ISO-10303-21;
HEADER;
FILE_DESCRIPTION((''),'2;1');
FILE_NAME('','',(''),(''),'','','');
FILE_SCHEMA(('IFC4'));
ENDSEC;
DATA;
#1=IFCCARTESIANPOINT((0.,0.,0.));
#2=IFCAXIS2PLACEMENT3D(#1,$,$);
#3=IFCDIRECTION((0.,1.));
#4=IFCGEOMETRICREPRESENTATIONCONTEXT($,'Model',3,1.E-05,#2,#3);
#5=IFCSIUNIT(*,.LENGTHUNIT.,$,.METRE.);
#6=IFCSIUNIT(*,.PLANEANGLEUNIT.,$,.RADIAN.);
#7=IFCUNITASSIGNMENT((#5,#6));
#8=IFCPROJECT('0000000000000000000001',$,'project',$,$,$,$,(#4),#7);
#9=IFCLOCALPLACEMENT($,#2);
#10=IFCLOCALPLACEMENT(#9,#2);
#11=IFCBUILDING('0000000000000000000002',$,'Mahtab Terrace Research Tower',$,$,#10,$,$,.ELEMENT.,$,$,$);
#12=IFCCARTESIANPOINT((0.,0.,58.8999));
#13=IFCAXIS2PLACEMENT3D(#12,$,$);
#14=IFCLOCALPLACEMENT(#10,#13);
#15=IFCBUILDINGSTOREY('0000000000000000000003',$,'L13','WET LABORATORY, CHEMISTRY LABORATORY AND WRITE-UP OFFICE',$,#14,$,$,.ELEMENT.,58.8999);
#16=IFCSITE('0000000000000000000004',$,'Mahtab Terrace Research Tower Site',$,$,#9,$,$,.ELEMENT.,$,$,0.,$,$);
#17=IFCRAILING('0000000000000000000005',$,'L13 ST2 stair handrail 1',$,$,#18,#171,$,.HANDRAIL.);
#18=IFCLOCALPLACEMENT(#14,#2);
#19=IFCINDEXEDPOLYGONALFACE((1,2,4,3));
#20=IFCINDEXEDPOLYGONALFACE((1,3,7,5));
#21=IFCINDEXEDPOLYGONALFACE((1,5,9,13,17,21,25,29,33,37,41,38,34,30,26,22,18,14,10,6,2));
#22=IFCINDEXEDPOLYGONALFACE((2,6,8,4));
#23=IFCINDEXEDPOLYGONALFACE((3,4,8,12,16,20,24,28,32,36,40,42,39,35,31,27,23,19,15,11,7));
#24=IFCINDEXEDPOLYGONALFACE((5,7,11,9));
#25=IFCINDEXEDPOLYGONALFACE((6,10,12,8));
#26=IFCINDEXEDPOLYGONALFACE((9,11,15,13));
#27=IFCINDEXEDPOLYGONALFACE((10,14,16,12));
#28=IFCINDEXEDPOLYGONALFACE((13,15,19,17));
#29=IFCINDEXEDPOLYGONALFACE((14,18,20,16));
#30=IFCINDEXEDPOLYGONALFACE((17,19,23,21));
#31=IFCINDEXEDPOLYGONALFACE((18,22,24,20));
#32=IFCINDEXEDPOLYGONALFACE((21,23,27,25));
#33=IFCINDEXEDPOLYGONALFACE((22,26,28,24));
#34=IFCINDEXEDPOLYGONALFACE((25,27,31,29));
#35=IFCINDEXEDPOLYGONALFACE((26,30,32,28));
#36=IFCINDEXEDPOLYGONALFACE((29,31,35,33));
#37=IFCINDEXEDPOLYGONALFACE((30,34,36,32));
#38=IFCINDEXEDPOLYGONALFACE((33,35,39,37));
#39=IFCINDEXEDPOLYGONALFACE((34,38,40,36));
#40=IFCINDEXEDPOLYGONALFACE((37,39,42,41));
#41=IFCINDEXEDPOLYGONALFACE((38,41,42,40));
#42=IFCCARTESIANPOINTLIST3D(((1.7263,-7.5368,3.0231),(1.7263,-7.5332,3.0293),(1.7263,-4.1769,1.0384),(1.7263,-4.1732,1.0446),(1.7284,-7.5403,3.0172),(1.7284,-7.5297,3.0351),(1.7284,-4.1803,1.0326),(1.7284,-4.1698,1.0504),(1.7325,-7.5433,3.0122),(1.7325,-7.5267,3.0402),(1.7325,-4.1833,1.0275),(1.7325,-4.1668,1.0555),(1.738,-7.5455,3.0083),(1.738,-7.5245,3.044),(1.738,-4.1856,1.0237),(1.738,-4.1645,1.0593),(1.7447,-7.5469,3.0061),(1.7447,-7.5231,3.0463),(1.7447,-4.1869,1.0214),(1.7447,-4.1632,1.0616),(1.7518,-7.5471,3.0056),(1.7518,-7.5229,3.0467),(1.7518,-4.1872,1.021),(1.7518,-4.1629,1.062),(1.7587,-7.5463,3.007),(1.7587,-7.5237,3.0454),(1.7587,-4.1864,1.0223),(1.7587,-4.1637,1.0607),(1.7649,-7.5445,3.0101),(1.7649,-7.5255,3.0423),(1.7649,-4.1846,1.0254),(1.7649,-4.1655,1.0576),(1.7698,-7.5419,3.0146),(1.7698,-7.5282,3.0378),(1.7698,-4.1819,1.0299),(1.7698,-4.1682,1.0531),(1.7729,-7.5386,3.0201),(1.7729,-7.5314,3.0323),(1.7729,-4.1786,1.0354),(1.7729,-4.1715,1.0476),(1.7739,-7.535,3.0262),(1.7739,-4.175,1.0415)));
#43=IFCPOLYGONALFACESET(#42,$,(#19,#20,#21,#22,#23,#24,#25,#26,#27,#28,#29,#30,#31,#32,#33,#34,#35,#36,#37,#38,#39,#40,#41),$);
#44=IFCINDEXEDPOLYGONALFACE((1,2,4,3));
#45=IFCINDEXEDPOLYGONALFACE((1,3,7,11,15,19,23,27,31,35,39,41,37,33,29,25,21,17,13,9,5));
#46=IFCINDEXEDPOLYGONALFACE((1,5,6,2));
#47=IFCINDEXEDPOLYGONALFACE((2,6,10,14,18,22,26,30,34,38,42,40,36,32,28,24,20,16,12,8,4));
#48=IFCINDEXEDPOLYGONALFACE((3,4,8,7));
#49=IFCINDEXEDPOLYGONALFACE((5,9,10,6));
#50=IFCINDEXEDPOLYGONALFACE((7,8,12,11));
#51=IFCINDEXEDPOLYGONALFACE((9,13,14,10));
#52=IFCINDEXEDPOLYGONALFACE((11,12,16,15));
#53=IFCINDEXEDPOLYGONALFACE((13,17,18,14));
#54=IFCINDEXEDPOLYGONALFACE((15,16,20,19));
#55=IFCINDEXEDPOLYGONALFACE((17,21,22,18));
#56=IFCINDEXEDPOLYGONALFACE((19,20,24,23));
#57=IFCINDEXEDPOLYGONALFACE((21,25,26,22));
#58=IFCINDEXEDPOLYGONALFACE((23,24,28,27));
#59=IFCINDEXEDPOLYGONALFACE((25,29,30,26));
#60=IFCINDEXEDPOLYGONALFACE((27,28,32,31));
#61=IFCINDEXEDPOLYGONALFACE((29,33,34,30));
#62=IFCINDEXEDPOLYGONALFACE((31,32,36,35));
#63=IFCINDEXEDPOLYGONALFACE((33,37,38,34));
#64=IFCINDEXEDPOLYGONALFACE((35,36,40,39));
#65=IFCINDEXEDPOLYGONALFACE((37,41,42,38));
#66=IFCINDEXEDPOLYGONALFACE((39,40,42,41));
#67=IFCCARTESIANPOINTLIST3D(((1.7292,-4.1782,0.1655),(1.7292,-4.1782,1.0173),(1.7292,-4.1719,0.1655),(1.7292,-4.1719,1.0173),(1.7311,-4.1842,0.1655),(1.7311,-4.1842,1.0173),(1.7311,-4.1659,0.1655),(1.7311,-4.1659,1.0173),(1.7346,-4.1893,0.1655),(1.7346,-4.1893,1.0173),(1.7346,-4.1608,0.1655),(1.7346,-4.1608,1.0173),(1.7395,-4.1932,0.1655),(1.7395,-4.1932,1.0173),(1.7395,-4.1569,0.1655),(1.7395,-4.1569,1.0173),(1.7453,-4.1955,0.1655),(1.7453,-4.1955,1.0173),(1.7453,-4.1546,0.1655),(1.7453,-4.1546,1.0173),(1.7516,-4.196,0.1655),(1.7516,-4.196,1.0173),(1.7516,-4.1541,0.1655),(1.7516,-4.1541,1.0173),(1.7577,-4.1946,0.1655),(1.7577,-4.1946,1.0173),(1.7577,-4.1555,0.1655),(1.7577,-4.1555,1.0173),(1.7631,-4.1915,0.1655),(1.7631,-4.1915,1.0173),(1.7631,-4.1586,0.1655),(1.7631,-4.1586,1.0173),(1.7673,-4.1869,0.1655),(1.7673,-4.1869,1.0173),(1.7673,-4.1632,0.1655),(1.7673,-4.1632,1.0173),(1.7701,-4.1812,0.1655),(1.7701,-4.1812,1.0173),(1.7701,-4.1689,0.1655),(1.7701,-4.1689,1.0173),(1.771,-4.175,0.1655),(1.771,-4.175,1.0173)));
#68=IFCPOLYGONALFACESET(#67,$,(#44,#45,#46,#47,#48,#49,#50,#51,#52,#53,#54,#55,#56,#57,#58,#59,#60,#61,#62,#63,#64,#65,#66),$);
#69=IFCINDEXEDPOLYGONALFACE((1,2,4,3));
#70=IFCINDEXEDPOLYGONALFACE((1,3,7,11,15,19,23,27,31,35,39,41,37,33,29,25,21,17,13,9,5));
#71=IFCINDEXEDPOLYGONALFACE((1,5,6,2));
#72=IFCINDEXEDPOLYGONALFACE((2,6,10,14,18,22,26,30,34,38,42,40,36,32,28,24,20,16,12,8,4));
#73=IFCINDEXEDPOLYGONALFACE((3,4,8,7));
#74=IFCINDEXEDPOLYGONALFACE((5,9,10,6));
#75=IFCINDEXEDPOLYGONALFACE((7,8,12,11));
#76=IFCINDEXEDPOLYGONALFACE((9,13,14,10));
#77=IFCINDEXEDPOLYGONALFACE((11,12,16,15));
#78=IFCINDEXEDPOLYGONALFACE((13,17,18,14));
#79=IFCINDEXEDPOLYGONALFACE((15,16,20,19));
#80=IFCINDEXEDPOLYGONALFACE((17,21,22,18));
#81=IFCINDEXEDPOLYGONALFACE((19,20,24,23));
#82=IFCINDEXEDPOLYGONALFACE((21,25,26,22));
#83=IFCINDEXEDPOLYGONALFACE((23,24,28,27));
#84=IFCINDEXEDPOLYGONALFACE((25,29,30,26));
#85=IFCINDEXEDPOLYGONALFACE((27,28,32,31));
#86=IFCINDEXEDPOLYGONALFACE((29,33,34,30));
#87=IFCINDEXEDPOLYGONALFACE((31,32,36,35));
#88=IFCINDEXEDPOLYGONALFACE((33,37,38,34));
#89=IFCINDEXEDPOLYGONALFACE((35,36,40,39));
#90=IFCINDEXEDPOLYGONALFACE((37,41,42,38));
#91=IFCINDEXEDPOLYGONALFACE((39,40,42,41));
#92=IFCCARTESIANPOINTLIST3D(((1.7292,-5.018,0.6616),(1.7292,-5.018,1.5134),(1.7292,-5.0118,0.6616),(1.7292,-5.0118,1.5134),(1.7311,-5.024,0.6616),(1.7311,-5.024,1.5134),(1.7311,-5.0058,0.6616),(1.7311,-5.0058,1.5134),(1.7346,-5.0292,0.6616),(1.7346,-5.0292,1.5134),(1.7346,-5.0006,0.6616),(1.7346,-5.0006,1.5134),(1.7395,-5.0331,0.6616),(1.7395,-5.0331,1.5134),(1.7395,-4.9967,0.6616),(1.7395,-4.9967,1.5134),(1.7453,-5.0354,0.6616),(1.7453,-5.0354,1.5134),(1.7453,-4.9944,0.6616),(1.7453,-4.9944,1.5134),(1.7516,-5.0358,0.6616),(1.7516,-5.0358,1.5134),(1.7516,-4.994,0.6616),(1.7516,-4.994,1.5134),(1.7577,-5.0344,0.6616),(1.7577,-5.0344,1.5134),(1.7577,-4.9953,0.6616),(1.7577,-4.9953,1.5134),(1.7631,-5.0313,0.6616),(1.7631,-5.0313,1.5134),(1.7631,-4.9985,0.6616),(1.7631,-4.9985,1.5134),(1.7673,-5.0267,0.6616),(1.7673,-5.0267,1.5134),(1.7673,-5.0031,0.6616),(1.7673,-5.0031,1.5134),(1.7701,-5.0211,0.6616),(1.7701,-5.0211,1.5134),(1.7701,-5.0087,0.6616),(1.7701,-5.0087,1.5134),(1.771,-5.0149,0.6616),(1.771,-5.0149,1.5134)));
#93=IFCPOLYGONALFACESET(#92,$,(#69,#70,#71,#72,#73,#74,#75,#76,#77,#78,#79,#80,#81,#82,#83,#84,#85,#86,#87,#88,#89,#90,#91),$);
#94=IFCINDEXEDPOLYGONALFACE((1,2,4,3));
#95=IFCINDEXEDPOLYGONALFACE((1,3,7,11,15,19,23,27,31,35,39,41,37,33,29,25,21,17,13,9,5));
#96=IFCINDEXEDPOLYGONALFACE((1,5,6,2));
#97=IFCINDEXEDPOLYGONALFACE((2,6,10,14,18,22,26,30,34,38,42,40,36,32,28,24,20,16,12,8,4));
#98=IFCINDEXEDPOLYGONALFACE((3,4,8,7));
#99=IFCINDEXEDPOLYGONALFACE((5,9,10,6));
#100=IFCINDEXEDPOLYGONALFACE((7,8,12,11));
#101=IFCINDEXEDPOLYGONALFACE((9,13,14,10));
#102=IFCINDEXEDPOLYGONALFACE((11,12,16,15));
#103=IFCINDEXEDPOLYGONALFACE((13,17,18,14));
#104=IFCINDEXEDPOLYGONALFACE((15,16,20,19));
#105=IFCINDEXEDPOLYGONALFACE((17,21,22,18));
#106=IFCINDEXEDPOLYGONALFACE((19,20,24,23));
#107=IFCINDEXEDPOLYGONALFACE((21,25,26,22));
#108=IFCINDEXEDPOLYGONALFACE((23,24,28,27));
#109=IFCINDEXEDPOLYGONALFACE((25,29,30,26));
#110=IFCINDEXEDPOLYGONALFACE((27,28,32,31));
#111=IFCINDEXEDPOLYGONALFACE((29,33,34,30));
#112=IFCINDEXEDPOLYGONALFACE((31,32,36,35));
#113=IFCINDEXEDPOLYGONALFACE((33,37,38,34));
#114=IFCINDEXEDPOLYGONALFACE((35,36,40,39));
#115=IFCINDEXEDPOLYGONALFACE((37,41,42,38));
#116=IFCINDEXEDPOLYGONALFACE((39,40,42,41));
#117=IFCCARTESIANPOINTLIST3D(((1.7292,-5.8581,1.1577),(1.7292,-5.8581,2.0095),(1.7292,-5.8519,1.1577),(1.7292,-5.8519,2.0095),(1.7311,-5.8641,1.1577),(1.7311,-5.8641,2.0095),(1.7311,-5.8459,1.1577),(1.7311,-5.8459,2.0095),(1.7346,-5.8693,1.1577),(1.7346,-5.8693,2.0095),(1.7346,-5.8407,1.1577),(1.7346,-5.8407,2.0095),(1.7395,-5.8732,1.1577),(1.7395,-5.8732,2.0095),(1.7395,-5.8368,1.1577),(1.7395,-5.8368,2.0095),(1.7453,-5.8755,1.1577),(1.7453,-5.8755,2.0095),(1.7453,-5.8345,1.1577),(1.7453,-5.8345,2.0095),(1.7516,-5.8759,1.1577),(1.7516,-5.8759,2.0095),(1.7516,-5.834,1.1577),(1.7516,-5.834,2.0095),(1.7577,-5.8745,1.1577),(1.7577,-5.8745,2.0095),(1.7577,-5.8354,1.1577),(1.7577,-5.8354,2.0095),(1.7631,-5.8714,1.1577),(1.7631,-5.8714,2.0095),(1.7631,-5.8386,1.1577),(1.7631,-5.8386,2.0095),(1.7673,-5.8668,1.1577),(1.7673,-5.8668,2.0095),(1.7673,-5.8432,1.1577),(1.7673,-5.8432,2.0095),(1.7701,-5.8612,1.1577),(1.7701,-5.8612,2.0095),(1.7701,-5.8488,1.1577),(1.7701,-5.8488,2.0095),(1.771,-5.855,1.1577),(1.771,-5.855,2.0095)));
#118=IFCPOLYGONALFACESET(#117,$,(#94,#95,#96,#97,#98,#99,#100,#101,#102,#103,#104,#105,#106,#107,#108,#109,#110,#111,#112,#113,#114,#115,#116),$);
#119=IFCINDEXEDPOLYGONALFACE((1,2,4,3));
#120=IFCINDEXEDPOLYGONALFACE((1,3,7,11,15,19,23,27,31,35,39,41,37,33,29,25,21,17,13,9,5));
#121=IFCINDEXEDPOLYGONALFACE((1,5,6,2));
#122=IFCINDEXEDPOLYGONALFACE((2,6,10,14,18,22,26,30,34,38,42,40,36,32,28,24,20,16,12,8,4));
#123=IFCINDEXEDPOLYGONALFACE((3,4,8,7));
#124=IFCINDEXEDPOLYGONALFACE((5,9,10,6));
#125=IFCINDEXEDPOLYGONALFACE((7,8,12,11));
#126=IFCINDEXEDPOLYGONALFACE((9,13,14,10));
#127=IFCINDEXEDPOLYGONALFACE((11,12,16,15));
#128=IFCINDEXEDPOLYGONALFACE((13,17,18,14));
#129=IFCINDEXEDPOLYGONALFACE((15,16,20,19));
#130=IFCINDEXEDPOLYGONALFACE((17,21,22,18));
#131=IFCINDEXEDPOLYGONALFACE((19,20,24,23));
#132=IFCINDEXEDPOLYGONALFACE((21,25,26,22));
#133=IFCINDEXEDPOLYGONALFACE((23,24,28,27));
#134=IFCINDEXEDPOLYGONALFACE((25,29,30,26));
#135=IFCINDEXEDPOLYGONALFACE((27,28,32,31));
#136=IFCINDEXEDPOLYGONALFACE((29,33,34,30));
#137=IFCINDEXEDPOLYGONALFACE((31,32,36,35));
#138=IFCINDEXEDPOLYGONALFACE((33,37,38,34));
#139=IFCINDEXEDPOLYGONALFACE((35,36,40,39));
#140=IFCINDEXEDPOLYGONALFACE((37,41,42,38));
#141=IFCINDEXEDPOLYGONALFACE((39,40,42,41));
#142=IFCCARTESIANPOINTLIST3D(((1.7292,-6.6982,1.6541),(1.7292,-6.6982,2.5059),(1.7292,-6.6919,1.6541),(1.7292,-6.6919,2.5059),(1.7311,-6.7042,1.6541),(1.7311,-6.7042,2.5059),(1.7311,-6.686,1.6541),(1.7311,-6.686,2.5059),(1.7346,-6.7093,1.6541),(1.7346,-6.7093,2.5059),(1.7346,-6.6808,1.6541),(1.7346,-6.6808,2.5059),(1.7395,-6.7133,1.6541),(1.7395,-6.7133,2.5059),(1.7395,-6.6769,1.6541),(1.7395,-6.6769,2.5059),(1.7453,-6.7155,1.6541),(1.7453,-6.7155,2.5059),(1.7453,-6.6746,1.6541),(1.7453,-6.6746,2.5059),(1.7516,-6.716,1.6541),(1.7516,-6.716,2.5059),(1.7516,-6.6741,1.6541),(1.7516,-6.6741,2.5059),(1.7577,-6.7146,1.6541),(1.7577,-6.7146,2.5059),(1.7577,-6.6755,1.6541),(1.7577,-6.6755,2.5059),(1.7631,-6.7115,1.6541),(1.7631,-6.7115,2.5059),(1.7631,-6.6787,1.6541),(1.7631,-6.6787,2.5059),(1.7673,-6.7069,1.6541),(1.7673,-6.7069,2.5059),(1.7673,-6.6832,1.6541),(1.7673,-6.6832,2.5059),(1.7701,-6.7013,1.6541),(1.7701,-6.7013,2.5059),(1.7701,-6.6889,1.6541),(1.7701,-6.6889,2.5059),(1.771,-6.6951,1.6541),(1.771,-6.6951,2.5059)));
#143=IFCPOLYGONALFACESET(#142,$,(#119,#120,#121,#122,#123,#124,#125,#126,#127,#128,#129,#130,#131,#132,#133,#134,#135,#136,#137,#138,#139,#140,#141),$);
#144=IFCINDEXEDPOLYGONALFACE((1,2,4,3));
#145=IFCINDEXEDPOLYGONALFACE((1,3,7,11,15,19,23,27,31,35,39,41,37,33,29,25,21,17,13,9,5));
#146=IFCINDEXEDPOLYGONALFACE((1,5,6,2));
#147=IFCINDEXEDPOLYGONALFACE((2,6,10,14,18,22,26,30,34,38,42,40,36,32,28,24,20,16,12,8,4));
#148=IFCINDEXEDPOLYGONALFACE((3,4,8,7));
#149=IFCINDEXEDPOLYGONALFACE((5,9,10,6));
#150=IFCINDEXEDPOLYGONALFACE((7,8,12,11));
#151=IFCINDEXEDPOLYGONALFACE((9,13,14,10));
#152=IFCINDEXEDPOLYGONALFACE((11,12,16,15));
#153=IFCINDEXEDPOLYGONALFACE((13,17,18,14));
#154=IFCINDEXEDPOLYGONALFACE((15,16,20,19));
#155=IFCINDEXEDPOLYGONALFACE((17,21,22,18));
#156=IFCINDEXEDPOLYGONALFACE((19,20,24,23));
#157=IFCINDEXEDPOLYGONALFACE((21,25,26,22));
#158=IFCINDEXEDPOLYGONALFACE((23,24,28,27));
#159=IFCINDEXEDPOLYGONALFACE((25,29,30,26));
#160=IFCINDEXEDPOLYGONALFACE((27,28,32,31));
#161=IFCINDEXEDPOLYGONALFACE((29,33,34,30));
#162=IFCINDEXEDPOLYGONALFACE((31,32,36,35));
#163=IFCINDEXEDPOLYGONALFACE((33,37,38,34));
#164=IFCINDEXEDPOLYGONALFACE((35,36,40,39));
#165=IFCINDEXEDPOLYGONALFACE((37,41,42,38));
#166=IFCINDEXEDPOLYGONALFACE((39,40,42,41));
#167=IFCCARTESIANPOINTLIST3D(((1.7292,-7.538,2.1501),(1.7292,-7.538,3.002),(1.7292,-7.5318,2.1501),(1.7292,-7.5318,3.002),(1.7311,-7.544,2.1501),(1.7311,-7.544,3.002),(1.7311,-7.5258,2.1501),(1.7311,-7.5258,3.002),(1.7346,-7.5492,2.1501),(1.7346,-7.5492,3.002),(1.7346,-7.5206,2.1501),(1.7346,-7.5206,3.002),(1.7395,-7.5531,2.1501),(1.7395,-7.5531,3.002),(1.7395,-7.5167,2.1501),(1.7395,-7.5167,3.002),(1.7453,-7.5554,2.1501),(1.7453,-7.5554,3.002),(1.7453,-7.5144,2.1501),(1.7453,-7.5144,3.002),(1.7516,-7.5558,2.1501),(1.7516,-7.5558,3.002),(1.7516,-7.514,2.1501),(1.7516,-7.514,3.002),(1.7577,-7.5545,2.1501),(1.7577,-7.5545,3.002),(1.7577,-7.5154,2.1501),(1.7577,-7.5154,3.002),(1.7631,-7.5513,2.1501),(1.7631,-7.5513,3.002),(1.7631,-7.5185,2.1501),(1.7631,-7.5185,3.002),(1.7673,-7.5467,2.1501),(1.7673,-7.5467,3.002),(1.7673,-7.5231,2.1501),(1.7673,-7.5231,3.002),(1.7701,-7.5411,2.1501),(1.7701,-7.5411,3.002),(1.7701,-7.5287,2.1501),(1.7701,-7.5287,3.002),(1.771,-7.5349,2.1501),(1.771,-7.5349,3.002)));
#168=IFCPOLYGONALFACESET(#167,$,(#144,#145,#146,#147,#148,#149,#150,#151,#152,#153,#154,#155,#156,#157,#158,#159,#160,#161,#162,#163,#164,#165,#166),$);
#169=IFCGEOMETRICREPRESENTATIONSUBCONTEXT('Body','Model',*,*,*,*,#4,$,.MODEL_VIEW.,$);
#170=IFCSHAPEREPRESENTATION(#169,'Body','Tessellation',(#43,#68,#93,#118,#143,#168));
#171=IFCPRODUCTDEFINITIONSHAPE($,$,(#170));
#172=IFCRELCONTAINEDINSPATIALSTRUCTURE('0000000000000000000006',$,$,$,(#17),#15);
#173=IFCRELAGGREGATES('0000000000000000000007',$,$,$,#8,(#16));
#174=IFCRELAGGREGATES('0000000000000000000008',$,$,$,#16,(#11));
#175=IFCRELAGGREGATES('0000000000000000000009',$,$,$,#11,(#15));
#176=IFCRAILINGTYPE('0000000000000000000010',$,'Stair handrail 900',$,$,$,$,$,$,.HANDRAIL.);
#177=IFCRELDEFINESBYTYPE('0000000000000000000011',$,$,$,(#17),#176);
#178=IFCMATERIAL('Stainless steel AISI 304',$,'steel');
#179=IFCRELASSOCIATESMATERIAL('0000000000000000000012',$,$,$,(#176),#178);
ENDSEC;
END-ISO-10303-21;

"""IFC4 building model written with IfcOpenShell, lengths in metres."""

from ifc_helpers import new_model, si_unit, direction, frame, origin, origin_2d, place, context, subcontext, project, spatial, circle, extrude, material, type_object, element, save


model = new_model("IFC4")

# Units and contexts
model_context = context("Model", 3, precision=1e-05, world=origin(), true_north=direction((0.0, 1.0)))
body_context = subcontext(model_context, "Body", "Model", "MODEL_VIEW")
ifc_project = project(units=[si_unit("LENGTHUNIT", "METRE"), si_unit("PLANEANGLEUNIT", "RADIAN")], contexts=[model_context])

# Site, building, storey
site_placement = place(None, origin())
site = spatial("IfcSite", under=ifc_project, at=site_placement, Name="Mahtab Terrace Research Tower Site", CompositionType="ELEMENT", RefElevation=0.0)
building_placement = place(site_placement, origin())
building = spatial("IfcBuilding", under=site, at=building_placement, Name="Mahtab Terrace Research Tower", CompositionType="ELEMENT")
storey_placement = place(building_placement, frame((0.0, 0.0, 58.8999)))
storey = spatial("IfcBuildingStorey", under=building, at=storey_placement, Name="L13", Description="WET LABORATORY, CHEMISTRY LABORATORY AND WRITE-UP OFFICE", CompositionType="ELEMENT", Elevation=58.8999)

# Railing
ifc_material_1 = material(Name="Stainless steel AISI 304", Category="steel")
railing_type_1 = type_object("IfcRailingType", Name="Stair handrail 900", PredefinedType="HANDRAIL", material=ifc_material_1)
railing_1_placement = place(storey_placement, frame((1.75, -4.175, 0.1655)))
element("IfcRailing", 1, at=railing_1_placement, inside=storey, type_object=railing_type_1, Name="L13 ST2 stair handrail 1", PredefinedType="HANDRAIL", context=body_context, shape_type="SweptSolid", body=[
    extrude(circle(Radius=0.0239, at=origin_2d()), frame((0.0, 0.0, 0.876), z_axis=(0.0, -0.861011, 0.508586), x_axis=(1.0, 0.0, 0.0)), (0.0, 0.0, 1.0), 3.9023),
    extrude(circle(Radius=0.021, at=origin_2d()), origin(), (0.0, 0.0, 1.0), 0.8518),
    extrude(circle(Radius=0.021, at=origin_2d()), frame((0.0, -0.8398, 0.4961)), (0.0, 0.0, 1.0), 0.8518),
    extrude(circle(Radius=0.021, at=origin_2d()), frame((0.0, -1.6799, 0.9922)), (0.0, 0.0, 1.0), 0.8518),
    extrude(circle(Radius=0.021, at=origin_2d()), frame((0.0, -2.52, 1.4885)), (0.0, 0.0, 1.0), 0.8518),
    extrude(circle(Radius=0.021, at=origin_2d()), frame((0.0, -3.3599, 1.9846)), (0.0, 0.0, 1.0), 0.8518),
])

save(model, "model.ifc")
